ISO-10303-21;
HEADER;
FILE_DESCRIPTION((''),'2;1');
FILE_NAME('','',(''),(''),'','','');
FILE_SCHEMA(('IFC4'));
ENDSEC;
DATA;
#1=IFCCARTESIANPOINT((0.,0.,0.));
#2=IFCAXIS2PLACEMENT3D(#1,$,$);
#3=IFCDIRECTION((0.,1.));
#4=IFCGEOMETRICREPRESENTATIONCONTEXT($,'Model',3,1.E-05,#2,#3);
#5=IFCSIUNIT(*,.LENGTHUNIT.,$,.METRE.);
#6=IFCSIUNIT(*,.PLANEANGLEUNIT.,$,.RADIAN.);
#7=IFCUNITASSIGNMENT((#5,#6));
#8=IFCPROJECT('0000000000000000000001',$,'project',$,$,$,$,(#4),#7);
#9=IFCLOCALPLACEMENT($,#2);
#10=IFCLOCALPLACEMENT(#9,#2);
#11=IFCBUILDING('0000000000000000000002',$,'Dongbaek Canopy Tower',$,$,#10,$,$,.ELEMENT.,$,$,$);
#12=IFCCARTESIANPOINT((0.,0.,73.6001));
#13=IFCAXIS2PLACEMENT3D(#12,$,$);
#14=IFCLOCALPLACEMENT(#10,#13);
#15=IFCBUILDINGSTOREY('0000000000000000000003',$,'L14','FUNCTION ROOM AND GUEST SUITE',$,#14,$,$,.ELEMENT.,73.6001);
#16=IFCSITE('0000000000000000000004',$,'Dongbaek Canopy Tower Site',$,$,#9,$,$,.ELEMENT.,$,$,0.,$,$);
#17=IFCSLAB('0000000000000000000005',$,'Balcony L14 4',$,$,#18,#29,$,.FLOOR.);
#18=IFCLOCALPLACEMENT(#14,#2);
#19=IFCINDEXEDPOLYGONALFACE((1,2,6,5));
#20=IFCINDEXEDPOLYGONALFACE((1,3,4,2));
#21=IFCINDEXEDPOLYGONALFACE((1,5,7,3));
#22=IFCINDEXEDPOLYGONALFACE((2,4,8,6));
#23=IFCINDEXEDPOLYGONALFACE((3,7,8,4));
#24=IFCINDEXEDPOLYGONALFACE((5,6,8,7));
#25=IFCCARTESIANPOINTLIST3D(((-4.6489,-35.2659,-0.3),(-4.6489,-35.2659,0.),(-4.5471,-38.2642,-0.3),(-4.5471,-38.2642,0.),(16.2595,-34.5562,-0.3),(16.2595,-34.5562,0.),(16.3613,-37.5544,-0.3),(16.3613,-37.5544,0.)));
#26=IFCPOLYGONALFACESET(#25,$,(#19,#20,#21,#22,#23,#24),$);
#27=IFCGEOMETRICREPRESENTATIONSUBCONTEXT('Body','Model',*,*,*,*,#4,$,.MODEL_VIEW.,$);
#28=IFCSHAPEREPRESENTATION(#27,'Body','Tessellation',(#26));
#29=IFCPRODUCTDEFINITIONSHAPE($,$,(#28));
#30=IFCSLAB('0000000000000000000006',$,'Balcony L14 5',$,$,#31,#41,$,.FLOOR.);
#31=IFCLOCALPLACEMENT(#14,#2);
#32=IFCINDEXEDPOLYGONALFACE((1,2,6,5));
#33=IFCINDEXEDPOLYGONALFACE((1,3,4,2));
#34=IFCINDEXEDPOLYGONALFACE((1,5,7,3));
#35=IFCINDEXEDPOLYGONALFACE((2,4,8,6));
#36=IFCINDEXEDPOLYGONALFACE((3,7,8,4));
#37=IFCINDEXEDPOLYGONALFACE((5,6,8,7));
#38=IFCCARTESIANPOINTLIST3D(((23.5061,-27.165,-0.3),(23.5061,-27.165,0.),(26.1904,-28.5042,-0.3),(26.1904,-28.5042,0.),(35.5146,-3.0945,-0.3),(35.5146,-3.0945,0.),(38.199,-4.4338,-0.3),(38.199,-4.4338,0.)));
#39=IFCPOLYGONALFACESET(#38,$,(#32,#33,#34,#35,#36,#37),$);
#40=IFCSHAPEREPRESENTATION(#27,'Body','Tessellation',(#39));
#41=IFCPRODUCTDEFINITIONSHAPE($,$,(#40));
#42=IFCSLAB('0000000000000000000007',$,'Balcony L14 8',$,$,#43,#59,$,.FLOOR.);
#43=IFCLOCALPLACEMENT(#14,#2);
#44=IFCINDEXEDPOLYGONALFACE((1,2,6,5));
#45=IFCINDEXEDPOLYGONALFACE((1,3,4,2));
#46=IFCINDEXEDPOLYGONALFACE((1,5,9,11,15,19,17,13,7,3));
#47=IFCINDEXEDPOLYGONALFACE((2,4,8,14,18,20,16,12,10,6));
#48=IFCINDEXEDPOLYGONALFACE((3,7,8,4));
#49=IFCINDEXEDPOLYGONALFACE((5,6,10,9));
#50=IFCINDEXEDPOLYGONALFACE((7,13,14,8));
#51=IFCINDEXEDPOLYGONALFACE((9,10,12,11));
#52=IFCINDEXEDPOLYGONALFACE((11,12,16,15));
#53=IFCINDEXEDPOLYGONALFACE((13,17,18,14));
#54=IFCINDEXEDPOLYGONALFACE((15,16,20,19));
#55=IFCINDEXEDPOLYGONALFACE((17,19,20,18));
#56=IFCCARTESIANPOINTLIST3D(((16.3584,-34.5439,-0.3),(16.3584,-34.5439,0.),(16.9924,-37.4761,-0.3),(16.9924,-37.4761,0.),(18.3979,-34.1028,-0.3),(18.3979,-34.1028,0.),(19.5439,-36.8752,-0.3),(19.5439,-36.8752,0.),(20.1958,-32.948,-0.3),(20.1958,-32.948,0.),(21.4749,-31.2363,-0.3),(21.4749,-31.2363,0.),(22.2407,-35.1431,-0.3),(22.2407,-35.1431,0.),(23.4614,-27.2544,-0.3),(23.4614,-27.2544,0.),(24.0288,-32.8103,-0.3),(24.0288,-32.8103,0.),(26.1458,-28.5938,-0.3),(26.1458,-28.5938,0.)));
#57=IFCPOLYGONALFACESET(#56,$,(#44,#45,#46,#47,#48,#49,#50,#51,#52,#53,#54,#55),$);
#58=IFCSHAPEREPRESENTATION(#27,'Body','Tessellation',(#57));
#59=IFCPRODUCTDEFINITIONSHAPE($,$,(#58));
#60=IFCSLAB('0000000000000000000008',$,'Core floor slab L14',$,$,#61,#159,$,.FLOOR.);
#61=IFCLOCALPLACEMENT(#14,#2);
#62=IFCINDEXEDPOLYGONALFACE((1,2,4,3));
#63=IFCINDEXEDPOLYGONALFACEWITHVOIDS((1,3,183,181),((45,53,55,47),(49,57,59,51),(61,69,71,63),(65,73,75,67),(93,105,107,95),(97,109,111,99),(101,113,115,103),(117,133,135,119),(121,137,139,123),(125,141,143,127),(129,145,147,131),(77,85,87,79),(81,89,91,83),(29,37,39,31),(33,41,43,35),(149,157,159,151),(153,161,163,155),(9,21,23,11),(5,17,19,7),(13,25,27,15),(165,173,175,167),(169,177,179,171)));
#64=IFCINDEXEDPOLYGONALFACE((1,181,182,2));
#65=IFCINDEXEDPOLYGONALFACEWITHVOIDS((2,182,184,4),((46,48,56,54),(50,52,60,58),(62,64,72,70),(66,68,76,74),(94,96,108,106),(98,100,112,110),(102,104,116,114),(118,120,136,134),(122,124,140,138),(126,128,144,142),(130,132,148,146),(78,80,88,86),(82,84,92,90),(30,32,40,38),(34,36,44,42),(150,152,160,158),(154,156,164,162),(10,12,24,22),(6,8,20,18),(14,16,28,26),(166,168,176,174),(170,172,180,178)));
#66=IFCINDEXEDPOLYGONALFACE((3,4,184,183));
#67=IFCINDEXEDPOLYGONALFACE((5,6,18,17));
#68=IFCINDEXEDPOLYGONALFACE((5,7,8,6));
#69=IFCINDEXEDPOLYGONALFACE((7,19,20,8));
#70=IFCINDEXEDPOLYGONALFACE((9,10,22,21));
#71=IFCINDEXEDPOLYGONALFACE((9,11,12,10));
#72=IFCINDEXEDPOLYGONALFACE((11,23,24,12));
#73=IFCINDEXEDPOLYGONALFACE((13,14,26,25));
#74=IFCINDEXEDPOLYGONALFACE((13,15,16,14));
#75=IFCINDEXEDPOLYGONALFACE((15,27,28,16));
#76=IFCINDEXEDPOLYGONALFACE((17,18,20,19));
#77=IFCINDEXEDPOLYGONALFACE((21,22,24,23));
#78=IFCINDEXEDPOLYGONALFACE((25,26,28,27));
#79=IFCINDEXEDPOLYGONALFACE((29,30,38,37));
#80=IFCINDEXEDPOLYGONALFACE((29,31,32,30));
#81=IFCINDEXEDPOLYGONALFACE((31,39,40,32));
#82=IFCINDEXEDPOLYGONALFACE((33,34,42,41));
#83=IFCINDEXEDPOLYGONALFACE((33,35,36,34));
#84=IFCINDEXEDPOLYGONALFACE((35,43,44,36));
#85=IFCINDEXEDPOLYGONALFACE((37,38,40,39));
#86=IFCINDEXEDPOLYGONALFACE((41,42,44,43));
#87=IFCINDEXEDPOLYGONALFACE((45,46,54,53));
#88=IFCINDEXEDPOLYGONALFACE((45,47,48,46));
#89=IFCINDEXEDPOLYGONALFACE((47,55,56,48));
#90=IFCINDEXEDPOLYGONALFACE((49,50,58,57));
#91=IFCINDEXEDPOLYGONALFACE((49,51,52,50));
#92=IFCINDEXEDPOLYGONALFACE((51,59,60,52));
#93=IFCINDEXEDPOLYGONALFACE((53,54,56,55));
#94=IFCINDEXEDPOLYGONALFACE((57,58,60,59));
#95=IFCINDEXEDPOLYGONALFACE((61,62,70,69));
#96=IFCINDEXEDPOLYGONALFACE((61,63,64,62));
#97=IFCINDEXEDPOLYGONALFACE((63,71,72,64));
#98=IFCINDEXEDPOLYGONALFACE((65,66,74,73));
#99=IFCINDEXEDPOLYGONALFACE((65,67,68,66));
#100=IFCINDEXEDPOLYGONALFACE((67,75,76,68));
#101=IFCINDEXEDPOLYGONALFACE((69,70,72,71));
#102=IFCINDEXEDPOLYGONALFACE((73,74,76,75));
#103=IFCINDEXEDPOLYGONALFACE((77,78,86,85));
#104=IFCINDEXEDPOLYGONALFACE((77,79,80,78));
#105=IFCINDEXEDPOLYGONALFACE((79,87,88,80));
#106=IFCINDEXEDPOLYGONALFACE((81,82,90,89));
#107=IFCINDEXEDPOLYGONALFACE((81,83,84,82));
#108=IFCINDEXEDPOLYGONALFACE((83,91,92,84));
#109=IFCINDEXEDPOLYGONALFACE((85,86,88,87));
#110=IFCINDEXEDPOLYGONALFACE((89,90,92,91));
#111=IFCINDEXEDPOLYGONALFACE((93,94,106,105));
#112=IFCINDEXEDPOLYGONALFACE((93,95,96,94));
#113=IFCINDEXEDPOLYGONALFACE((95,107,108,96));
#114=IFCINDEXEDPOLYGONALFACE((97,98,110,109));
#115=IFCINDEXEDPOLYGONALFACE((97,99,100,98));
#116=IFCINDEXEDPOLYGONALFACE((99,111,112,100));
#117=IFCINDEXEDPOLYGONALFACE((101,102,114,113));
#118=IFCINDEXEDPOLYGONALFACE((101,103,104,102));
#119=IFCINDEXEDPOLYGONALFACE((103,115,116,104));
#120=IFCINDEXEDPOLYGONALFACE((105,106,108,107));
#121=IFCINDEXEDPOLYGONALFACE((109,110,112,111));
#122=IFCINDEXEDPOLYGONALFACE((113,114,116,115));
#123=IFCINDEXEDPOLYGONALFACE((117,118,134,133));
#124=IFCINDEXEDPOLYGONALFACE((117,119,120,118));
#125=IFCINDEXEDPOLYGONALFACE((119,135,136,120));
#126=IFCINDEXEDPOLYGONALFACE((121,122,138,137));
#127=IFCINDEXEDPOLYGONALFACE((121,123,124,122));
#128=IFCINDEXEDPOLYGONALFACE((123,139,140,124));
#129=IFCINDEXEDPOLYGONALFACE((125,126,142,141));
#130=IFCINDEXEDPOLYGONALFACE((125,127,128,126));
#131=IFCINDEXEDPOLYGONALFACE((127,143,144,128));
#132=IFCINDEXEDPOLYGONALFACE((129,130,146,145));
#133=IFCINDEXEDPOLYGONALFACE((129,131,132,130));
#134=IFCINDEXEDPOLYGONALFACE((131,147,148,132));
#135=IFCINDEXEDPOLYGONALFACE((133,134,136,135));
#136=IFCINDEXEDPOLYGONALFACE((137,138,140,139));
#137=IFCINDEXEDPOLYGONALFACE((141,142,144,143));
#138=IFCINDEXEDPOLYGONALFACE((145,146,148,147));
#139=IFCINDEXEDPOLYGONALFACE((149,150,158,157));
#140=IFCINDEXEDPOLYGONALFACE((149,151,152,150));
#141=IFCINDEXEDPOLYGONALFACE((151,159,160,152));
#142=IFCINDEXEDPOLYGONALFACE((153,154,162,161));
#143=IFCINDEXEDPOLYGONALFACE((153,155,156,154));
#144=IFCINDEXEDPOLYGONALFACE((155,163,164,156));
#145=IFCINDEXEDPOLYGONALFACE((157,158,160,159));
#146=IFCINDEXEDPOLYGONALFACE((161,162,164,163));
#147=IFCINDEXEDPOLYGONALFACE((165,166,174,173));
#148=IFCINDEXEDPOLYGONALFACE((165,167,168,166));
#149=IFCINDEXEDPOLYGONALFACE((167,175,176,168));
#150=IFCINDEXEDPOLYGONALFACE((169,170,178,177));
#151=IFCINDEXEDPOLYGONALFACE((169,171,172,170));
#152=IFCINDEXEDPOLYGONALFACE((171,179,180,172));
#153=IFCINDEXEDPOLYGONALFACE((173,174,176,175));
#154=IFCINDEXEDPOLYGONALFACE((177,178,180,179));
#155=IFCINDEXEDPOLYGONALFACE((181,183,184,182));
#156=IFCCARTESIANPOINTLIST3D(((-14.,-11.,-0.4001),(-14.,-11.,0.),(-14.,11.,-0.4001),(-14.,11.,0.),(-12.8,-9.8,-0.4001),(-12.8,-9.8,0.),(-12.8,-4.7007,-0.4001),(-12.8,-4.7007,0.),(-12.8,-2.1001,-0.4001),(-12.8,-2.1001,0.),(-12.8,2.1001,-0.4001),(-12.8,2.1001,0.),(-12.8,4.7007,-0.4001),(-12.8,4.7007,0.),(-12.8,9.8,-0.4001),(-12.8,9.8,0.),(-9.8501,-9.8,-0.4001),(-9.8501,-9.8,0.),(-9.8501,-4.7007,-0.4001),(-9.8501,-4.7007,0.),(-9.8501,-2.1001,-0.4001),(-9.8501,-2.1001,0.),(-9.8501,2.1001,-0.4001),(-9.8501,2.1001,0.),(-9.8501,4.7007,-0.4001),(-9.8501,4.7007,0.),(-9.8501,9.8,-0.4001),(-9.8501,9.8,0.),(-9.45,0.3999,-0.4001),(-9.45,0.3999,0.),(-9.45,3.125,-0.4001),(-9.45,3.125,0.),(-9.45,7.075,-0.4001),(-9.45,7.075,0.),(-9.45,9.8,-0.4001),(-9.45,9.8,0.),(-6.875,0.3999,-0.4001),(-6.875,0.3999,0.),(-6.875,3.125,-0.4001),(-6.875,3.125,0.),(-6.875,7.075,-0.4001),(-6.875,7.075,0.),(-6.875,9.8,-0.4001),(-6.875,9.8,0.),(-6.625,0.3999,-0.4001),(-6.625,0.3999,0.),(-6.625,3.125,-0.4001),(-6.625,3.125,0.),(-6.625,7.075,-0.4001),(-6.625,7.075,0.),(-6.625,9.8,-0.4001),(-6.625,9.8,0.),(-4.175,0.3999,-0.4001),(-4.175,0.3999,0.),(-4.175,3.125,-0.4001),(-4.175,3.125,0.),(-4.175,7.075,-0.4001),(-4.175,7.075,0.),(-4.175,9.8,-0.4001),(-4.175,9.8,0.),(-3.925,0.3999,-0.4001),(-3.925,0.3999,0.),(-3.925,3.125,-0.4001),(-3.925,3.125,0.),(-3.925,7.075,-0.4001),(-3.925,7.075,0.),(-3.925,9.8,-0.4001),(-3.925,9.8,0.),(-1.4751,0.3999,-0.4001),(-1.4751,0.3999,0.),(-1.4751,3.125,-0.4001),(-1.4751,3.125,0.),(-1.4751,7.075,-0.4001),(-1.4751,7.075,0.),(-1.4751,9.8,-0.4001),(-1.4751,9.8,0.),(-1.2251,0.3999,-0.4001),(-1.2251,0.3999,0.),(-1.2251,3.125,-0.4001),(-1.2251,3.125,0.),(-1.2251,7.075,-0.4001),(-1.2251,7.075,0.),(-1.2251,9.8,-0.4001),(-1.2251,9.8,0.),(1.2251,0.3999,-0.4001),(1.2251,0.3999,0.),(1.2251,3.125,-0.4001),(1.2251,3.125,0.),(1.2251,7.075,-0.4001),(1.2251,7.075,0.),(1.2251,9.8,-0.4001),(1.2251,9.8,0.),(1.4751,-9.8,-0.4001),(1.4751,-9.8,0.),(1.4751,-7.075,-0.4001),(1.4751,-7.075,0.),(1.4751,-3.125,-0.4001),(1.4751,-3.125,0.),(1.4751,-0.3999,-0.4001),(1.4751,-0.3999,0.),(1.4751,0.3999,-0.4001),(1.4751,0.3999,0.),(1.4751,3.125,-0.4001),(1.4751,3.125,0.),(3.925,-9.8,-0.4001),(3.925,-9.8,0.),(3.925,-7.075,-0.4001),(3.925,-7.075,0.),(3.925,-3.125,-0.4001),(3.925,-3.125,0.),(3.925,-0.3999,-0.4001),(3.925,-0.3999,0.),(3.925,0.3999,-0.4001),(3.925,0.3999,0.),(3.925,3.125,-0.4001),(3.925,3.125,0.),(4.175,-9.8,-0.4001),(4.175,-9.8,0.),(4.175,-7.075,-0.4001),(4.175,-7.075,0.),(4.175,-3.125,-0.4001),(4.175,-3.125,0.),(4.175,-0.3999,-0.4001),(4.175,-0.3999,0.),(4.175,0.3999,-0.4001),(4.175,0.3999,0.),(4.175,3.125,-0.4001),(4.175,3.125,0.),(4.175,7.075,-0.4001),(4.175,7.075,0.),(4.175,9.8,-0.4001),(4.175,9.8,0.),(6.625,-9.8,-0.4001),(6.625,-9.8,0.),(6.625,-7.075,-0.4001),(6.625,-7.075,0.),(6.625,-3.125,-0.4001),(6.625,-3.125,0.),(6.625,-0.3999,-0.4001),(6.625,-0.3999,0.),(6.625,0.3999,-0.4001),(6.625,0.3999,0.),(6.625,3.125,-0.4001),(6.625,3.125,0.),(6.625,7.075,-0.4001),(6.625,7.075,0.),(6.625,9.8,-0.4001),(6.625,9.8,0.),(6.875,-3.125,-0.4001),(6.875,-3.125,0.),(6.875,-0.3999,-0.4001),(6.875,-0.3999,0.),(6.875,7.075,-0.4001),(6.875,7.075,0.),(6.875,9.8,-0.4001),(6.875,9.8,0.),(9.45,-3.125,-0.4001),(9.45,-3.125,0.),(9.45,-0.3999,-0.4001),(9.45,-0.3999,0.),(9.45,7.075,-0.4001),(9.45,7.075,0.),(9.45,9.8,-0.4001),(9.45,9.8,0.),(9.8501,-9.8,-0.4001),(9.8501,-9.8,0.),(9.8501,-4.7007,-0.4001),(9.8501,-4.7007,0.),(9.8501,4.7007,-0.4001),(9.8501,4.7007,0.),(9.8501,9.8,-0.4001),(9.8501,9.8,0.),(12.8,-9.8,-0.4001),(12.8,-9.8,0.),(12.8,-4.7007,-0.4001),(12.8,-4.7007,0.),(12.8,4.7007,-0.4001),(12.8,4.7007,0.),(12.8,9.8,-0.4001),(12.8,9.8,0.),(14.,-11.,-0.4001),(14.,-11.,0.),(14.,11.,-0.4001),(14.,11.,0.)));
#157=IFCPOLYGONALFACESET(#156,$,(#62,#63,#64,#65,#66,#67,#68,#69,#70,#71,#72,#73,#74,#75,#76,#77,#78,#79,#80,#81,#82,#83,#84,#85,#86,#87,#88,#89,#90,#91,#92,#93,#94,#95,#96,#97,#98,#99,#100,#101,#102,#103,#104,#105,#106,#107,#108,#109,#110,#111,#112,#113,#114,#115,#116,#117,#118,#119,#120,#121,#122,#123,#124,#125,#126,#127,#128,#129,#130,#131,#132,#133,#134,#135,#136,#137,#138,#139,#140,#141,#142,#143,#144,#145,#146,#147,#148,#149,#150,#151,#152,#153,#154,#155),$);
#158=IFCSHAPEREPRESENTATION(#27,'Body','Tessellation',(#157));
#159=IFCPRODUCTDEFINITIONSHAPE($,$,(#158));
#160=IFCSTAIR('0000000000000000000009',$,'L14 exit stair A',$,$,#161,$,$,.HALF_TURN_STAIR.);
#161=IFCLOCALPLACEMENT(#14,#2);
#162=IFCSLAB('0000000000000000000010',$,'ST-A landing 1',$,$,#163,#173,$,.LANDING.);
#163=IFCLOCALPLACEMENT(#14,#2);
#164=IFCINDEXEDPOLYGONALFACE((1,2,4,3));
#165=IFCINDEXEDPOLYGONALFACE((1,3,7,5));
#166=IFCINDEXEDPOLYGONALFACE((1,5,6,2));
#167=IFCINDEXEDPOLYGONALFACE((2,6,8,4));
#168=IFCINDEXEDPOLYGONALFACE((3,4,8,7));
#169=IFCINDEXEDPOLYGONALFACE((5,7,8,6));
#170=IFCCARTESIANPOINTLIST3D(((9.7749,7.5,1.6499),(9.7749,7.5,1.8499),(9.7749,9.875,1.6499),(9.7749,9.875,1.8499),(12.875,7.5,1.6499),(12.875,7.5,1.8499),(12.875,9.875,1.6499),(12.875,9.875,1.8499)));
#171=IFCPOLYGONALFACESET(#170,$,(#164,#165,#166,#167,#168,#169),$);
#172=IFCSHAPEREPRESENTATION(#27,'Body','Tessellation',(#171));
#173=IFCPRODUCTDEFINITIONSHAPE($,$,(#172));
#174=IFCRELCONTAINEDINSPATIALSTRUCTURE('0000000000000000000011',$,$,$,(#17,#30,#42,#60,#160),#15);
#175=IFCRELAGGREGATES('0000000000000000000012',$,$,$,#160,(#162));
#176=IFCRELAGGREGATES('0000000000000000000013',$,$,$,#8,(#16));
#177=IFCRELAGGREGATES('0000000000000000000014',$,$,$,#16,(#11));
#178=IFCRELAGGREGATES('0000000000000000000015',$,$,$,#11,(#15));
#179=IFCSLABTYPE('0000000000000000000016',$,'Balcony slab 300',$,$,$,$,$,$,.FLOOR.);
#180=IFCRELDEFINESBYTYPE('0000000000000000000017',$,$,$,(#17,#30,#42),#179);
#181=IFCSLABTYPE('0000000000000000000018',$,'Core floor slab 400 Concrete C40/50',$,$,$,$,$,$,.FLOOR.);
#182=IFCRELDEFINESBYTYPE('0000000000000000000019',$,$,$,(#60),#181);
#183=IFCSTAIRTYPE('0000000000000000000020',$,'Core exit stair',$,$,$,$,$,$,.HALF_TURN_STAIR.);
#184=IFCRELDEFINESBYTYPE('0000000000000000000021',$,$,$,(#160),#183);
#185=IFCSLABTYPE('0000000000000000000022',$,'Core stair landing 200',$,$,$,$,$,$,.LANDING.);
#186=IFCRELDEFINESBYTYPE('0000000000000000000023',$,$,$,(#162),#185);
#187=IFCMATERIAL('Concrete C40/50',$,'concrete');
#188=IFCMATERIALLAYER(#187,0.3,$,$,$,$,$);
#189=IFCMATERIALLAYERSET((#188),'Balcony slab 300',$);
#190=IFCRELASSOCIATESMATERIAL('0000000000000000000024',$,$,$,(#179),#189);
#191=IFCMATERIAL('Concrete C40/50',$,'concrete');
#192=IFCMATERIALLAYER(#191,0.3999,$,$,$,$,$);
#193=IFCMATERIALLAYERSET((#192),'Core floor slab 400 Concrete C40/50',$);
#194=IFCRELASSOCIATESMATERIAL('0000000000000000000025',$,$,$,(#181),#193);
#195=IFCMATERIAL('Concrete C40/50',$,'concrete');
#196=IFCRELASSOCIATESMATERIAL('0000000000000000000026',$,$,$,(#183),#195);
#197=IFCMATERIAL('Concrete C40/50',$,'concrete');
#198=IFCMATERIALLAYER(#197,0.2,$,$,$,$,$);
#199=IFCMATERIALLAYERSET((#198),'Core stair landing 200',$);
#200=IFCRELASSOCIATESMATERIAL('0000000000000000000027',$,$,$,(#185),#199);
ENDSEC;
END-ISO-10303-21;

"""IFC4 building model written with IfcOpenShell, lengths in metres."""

from ifc_helpers import new_model, si_unit, direction, frame, origin, place, context, subcontext, project, spatial, polyline, outline, extrude, material, layer, layer_set, type_object, element, aggregate, save


model = new_model("IFC4")

# Units and contexts
model_context = context("Model", 3, precision=1e-05, world=origin(), true_north=direction((0.0, 1.0)))
body_context = subcontext(model_context, "Body", "Model", "MODEL_VIEW")
ifc_project = project(units=[si_unit("LENGTHUNIT", "METRE"), si_unit("PLANEANGLEUNIT", "RADIAN")], contexts=[model_context])

# Site, building, storey
site_placement = place(None, origin())
site = spatial("IfcSite", under=ifc_project, at=site_placement, Name="Dongbaek Canopy Tower Site", CompositionType="ELEMENT", RefElevation=0.0)
building_placement = place(site_placement, origin())
building = spatial("IfcBuilding", under=site, at=building_placement, Name="Dongbaek Canopy Tower", CompositionType="ELEMENT")
storey_placement = place(building_placement, frame((0.0, 0.0, 73.6001)))
storey = spatial("IfcBuildingStorey", under=building, at=storey_placement, Name="L14", Description="FUNCTION ROOM AND GUEST SUITE", CompositionType="ELEMENT", Elevation=73.6001)

# Slabs
ifc_material_1 = material(Name="Concrete C40/50", Category="concrete")
ifc_layer_1 = layer(ifc_material_1, 0.3)
ifc_layer_set_1 = layer_set([ifc_layer_1], Name="Balcony slab 300")
slab_type_1 = type_object("IfcSlabType", Name="Balcony slab 300", PredefinedType="FLOOR", material=ifc_layer_set_1)
slab_1_placement = place(storey_placement, frame((0.0, 0.0, -0.3)))
element("IfcSlab", 1, at=slab_1_placement, inside=storey, type_object=slab_type_1, Name="Balcony L14 4", PredefinedType="FLOOR", context=body_context, shape_type="SweptSolid", body=[
    extrude(outline(polyline([(-4.6489, -35.2659), (16.2595, -34.5562), (16.3613, -37.5544), (-4.5471, -38.2642), (-4.6489, -35.2659)])), origin(), (0.0, 0.0, 1.0), 0.3),
])
slab_2_placement = place(storey_placement, frame((0.0, 0.0, -0.3)))
element("IfcSlab", 2, at=slab_2_placement, inside=storey, type_object=slab_type_1, Name="Balcony L14 5", PredefinedType="FLOOR", context=body_context, shape_type="SweptSolid", body=[
    extrude(outline(polyline([(23.5061, -27.165), (35.5146, -3.0945), (38.199, -4.4338), (26.1904, -28.5042), (23.5061, -27.165)])), origin(), (0.0, 0.0, 1.0), 0.3),
])
slab_3_placement = place(storey_placement, frame((0.0, 0.0, -0.3)))
element("IfcSlab", 3, at=slab_3_placement, inside=storey, type_object=slab_type_1, Name="Balcony L14 8", PredefinedType="FLOOR", context=body_context, shape_type="SweptSolid", body=[
    extrude(outline(polyline([(16.3584, -34.5439), (18.3979, -34.1028), (20.1958, -32.948), (21.4749, -31.2363), (23.4614, -27.2544), (26.1458, -28.5938), (24.0288, -32.8103), (22.2407, -35.1431), (19.5439, -36.8752), (16.9924, -37.4761), (16.3584, -34.5439)])), origin(), (0.0, 0.0, 1.0), 0.3),
])
ifc_material_2 = material(Name="Concrete C40/50", Category="concrete")
ifc_layer_2 = layer(ifc_material_2, 0.3999)
ifc_layer_set_2 = layer_set([ifc_layer_2], Name="Core floor slab 400 Concrete C40/50")
slab_type_2 = type_object("IfcSlabType", Name="Core floor slab 400 Concrete C40/50", PredefinedType="FLOOR", material=ifc_layer_set_2)
slab_4_placement = place(storey_placement, frame((0.0, 0.0, -0.4001)))
element("IfcSlab", 4, at=slab_4_placement, inside=storey, type_object=slab_type_2, Name="Core floor slab L14", PredefinedType="FLOOR", context=body_context, shape_type="SweptSolid", body=[
    extrude(outline(polyline([(14.0, -11.0), (14.0, 11.0), (-14.0, 11.0), (-14.0, -11.0), (14.0, -11.0)]), holes=[polyline([(-12.8, 2.1001), (-9.8501, 2.1001), (-9.8501, -2.1001), (-12.8, -2.1001), (-12.8, 2.1001)]), polyline([(-6.875, 9.8), (-6.875, 7.075), (-9.45, 7.075), (-9.45, 9.8), (-6.875, 9.8)]), polyline([(-4.175, 9.8), (-4.175, 7.075), (-6.625, 7.075), (-6.625, 9.8), (-4.175, 9.8)]), polyline([(-1.4751, 9.8), (-1.4751, 7.075), (-3.925, 7.075), (-3.925, 9.8), (-1.4751, 9.8)]), polyline([(1.2251, 9.8), (1.2251, 7.075), (-1.2251, 7.075), (-1.2251, 9.8), (1.2251, 9.8)]), polyline([(6.625, 9.8), (6.625, 7.075), (4.175, 7.075), (4.175, 9.8), (6.625, 9.8)]), polyline([(9.45, 7.075), (6.875, 7.075), (6.875, 9.8), (9.45, 9.8), (9.45, 7.075)]), polyline([(-9.45, 3.125), (-6.875, 3.125), (-6.875, 0.3999), (-9.45, 0.3999), (-9.45, 3.125)]), polyline([(-6.625, 3.125), (-4.175, 3.125), (-4.175, 0.3999), (-6.625, 0.3999), (-6.625, 3.125)]), polyline([(-3.925, 3.125), (-1.4751, 3.125), (-1.4751, 0.3999), (-3.925, 0.3999), (-3.925, 3.125)]), polyline([(-1.2251, 3.125), (1.2251, 3.125), (1.2251, 0.3999), (-1.2251, 0.3999), (-1.2251, 3.125)]), polyline([(3.925, 3.125), (3.925, 0.3999), (1.4751, 0.3999), (1.4751, 3.125), (3.925, 3.125)]), polyline([(4.175, 3.125), (6.625, 3.125), (6.625, 0.3999), (4.175, 0.3999), (4.175, 3.125)]), polyline([(1.4751, -0.3999), (3.925, -0.3999), (3.925, -3.125), (1.4751, -3.125), (1.4751, -0.3999)]), polyline([(4.175, -3.125), (4.175, -0.3999), (6.625, -0.3999), (6.625, -3.125), (4.175, -3.125)]), polyline([(9.45, -3.125), (6.875, -3.125), (6.875, -0.3999), (9.45, -0.3999), (9.45, -3.125)]), polyline([(1.4751, -9.8), (1.4751, -7.075), (3.925, -7.075), (3.925, -9.8), (1.4751, -9.8)]), polyline([(4.175, -9.8), (4.175, -7.075), (6.625, -7.075), (6.625, -9.8), (4.175, -9.8)]), polyline([(12.8, 4.7007), (12.8, 9.8), (9.8501, 9.8), (9.8501, 4.7007), (12.8, 4.7007)]), polyline([(-9.8501, 4.7007), (-9.8501, 9.8), (-12.8, 9.8), (-12.8, 4.7007), (-9.8501, 4.7007)]), polyline([(9.8501, -4.7007), (9.8501, -9.8), (12.8, -9.8), (12.8, -4.7007), (9.8501, -4.7007)]), polyline([(-12.8, -4.7007), (-12.8, -9.8), (-9.8501, -9.8), (-9.8501, -4.7007), (-12.8, -4.7007)])]), origin(), (0.0, 0.0, 1.0), 0.4001),
])

# Stair, slab
ifc_material_3 = material(Name="Concrete C40/50", Category="concrete")
stair_type = type_object("IfcStairType", Name="Core exit stair", PredefinedType="HALF_TURN_STAIR", material=ifc_material_3)
stair_1_placement = place(storey_placement, origin())
stair_1 = element("IfcStair", 5, at=stair_1_placement, inside=storey, type_object=stair_type, Name="L14 exit stair A", PredefinedType="HALF_TURN_STAIR")
ifc_material_4 = material(Name="Concrete C40/50", Category="concrete")
ifc_layer_3 = layer(ifc_material_4, 0.2)
ifc_layer_set_3 = layer_set([ifc_layer_3], Name="Core stair landing 200")
slab_type_3 = type_object("IfcSlabType", Name="Core stair landing 200", PredefinedType="LANDING", material=ifc_layer_set_3)
slab_5_placement = place(storey_placement, frame((0.0, 0.0, 1.6499)))
slab_5 = element("IfcSlab", 6, at=slab_5_placement, type_object=slab_type_3, Name="ST-A landing 1", PredefinedType="LANDING", context=body_context, shape_type="SweptSolid", body=[
    extrude(outline(polyline([(12.875, 7.5), (12.875, 9.875), (9.7749, 9.875), (9.7749, 7.5), (12.875, 7.5)])), origin(), (0.0, 0.0, 1.0), 0.2),
])
aggregate(stair_1, [slab_5])

save(model, "model.ifc")
